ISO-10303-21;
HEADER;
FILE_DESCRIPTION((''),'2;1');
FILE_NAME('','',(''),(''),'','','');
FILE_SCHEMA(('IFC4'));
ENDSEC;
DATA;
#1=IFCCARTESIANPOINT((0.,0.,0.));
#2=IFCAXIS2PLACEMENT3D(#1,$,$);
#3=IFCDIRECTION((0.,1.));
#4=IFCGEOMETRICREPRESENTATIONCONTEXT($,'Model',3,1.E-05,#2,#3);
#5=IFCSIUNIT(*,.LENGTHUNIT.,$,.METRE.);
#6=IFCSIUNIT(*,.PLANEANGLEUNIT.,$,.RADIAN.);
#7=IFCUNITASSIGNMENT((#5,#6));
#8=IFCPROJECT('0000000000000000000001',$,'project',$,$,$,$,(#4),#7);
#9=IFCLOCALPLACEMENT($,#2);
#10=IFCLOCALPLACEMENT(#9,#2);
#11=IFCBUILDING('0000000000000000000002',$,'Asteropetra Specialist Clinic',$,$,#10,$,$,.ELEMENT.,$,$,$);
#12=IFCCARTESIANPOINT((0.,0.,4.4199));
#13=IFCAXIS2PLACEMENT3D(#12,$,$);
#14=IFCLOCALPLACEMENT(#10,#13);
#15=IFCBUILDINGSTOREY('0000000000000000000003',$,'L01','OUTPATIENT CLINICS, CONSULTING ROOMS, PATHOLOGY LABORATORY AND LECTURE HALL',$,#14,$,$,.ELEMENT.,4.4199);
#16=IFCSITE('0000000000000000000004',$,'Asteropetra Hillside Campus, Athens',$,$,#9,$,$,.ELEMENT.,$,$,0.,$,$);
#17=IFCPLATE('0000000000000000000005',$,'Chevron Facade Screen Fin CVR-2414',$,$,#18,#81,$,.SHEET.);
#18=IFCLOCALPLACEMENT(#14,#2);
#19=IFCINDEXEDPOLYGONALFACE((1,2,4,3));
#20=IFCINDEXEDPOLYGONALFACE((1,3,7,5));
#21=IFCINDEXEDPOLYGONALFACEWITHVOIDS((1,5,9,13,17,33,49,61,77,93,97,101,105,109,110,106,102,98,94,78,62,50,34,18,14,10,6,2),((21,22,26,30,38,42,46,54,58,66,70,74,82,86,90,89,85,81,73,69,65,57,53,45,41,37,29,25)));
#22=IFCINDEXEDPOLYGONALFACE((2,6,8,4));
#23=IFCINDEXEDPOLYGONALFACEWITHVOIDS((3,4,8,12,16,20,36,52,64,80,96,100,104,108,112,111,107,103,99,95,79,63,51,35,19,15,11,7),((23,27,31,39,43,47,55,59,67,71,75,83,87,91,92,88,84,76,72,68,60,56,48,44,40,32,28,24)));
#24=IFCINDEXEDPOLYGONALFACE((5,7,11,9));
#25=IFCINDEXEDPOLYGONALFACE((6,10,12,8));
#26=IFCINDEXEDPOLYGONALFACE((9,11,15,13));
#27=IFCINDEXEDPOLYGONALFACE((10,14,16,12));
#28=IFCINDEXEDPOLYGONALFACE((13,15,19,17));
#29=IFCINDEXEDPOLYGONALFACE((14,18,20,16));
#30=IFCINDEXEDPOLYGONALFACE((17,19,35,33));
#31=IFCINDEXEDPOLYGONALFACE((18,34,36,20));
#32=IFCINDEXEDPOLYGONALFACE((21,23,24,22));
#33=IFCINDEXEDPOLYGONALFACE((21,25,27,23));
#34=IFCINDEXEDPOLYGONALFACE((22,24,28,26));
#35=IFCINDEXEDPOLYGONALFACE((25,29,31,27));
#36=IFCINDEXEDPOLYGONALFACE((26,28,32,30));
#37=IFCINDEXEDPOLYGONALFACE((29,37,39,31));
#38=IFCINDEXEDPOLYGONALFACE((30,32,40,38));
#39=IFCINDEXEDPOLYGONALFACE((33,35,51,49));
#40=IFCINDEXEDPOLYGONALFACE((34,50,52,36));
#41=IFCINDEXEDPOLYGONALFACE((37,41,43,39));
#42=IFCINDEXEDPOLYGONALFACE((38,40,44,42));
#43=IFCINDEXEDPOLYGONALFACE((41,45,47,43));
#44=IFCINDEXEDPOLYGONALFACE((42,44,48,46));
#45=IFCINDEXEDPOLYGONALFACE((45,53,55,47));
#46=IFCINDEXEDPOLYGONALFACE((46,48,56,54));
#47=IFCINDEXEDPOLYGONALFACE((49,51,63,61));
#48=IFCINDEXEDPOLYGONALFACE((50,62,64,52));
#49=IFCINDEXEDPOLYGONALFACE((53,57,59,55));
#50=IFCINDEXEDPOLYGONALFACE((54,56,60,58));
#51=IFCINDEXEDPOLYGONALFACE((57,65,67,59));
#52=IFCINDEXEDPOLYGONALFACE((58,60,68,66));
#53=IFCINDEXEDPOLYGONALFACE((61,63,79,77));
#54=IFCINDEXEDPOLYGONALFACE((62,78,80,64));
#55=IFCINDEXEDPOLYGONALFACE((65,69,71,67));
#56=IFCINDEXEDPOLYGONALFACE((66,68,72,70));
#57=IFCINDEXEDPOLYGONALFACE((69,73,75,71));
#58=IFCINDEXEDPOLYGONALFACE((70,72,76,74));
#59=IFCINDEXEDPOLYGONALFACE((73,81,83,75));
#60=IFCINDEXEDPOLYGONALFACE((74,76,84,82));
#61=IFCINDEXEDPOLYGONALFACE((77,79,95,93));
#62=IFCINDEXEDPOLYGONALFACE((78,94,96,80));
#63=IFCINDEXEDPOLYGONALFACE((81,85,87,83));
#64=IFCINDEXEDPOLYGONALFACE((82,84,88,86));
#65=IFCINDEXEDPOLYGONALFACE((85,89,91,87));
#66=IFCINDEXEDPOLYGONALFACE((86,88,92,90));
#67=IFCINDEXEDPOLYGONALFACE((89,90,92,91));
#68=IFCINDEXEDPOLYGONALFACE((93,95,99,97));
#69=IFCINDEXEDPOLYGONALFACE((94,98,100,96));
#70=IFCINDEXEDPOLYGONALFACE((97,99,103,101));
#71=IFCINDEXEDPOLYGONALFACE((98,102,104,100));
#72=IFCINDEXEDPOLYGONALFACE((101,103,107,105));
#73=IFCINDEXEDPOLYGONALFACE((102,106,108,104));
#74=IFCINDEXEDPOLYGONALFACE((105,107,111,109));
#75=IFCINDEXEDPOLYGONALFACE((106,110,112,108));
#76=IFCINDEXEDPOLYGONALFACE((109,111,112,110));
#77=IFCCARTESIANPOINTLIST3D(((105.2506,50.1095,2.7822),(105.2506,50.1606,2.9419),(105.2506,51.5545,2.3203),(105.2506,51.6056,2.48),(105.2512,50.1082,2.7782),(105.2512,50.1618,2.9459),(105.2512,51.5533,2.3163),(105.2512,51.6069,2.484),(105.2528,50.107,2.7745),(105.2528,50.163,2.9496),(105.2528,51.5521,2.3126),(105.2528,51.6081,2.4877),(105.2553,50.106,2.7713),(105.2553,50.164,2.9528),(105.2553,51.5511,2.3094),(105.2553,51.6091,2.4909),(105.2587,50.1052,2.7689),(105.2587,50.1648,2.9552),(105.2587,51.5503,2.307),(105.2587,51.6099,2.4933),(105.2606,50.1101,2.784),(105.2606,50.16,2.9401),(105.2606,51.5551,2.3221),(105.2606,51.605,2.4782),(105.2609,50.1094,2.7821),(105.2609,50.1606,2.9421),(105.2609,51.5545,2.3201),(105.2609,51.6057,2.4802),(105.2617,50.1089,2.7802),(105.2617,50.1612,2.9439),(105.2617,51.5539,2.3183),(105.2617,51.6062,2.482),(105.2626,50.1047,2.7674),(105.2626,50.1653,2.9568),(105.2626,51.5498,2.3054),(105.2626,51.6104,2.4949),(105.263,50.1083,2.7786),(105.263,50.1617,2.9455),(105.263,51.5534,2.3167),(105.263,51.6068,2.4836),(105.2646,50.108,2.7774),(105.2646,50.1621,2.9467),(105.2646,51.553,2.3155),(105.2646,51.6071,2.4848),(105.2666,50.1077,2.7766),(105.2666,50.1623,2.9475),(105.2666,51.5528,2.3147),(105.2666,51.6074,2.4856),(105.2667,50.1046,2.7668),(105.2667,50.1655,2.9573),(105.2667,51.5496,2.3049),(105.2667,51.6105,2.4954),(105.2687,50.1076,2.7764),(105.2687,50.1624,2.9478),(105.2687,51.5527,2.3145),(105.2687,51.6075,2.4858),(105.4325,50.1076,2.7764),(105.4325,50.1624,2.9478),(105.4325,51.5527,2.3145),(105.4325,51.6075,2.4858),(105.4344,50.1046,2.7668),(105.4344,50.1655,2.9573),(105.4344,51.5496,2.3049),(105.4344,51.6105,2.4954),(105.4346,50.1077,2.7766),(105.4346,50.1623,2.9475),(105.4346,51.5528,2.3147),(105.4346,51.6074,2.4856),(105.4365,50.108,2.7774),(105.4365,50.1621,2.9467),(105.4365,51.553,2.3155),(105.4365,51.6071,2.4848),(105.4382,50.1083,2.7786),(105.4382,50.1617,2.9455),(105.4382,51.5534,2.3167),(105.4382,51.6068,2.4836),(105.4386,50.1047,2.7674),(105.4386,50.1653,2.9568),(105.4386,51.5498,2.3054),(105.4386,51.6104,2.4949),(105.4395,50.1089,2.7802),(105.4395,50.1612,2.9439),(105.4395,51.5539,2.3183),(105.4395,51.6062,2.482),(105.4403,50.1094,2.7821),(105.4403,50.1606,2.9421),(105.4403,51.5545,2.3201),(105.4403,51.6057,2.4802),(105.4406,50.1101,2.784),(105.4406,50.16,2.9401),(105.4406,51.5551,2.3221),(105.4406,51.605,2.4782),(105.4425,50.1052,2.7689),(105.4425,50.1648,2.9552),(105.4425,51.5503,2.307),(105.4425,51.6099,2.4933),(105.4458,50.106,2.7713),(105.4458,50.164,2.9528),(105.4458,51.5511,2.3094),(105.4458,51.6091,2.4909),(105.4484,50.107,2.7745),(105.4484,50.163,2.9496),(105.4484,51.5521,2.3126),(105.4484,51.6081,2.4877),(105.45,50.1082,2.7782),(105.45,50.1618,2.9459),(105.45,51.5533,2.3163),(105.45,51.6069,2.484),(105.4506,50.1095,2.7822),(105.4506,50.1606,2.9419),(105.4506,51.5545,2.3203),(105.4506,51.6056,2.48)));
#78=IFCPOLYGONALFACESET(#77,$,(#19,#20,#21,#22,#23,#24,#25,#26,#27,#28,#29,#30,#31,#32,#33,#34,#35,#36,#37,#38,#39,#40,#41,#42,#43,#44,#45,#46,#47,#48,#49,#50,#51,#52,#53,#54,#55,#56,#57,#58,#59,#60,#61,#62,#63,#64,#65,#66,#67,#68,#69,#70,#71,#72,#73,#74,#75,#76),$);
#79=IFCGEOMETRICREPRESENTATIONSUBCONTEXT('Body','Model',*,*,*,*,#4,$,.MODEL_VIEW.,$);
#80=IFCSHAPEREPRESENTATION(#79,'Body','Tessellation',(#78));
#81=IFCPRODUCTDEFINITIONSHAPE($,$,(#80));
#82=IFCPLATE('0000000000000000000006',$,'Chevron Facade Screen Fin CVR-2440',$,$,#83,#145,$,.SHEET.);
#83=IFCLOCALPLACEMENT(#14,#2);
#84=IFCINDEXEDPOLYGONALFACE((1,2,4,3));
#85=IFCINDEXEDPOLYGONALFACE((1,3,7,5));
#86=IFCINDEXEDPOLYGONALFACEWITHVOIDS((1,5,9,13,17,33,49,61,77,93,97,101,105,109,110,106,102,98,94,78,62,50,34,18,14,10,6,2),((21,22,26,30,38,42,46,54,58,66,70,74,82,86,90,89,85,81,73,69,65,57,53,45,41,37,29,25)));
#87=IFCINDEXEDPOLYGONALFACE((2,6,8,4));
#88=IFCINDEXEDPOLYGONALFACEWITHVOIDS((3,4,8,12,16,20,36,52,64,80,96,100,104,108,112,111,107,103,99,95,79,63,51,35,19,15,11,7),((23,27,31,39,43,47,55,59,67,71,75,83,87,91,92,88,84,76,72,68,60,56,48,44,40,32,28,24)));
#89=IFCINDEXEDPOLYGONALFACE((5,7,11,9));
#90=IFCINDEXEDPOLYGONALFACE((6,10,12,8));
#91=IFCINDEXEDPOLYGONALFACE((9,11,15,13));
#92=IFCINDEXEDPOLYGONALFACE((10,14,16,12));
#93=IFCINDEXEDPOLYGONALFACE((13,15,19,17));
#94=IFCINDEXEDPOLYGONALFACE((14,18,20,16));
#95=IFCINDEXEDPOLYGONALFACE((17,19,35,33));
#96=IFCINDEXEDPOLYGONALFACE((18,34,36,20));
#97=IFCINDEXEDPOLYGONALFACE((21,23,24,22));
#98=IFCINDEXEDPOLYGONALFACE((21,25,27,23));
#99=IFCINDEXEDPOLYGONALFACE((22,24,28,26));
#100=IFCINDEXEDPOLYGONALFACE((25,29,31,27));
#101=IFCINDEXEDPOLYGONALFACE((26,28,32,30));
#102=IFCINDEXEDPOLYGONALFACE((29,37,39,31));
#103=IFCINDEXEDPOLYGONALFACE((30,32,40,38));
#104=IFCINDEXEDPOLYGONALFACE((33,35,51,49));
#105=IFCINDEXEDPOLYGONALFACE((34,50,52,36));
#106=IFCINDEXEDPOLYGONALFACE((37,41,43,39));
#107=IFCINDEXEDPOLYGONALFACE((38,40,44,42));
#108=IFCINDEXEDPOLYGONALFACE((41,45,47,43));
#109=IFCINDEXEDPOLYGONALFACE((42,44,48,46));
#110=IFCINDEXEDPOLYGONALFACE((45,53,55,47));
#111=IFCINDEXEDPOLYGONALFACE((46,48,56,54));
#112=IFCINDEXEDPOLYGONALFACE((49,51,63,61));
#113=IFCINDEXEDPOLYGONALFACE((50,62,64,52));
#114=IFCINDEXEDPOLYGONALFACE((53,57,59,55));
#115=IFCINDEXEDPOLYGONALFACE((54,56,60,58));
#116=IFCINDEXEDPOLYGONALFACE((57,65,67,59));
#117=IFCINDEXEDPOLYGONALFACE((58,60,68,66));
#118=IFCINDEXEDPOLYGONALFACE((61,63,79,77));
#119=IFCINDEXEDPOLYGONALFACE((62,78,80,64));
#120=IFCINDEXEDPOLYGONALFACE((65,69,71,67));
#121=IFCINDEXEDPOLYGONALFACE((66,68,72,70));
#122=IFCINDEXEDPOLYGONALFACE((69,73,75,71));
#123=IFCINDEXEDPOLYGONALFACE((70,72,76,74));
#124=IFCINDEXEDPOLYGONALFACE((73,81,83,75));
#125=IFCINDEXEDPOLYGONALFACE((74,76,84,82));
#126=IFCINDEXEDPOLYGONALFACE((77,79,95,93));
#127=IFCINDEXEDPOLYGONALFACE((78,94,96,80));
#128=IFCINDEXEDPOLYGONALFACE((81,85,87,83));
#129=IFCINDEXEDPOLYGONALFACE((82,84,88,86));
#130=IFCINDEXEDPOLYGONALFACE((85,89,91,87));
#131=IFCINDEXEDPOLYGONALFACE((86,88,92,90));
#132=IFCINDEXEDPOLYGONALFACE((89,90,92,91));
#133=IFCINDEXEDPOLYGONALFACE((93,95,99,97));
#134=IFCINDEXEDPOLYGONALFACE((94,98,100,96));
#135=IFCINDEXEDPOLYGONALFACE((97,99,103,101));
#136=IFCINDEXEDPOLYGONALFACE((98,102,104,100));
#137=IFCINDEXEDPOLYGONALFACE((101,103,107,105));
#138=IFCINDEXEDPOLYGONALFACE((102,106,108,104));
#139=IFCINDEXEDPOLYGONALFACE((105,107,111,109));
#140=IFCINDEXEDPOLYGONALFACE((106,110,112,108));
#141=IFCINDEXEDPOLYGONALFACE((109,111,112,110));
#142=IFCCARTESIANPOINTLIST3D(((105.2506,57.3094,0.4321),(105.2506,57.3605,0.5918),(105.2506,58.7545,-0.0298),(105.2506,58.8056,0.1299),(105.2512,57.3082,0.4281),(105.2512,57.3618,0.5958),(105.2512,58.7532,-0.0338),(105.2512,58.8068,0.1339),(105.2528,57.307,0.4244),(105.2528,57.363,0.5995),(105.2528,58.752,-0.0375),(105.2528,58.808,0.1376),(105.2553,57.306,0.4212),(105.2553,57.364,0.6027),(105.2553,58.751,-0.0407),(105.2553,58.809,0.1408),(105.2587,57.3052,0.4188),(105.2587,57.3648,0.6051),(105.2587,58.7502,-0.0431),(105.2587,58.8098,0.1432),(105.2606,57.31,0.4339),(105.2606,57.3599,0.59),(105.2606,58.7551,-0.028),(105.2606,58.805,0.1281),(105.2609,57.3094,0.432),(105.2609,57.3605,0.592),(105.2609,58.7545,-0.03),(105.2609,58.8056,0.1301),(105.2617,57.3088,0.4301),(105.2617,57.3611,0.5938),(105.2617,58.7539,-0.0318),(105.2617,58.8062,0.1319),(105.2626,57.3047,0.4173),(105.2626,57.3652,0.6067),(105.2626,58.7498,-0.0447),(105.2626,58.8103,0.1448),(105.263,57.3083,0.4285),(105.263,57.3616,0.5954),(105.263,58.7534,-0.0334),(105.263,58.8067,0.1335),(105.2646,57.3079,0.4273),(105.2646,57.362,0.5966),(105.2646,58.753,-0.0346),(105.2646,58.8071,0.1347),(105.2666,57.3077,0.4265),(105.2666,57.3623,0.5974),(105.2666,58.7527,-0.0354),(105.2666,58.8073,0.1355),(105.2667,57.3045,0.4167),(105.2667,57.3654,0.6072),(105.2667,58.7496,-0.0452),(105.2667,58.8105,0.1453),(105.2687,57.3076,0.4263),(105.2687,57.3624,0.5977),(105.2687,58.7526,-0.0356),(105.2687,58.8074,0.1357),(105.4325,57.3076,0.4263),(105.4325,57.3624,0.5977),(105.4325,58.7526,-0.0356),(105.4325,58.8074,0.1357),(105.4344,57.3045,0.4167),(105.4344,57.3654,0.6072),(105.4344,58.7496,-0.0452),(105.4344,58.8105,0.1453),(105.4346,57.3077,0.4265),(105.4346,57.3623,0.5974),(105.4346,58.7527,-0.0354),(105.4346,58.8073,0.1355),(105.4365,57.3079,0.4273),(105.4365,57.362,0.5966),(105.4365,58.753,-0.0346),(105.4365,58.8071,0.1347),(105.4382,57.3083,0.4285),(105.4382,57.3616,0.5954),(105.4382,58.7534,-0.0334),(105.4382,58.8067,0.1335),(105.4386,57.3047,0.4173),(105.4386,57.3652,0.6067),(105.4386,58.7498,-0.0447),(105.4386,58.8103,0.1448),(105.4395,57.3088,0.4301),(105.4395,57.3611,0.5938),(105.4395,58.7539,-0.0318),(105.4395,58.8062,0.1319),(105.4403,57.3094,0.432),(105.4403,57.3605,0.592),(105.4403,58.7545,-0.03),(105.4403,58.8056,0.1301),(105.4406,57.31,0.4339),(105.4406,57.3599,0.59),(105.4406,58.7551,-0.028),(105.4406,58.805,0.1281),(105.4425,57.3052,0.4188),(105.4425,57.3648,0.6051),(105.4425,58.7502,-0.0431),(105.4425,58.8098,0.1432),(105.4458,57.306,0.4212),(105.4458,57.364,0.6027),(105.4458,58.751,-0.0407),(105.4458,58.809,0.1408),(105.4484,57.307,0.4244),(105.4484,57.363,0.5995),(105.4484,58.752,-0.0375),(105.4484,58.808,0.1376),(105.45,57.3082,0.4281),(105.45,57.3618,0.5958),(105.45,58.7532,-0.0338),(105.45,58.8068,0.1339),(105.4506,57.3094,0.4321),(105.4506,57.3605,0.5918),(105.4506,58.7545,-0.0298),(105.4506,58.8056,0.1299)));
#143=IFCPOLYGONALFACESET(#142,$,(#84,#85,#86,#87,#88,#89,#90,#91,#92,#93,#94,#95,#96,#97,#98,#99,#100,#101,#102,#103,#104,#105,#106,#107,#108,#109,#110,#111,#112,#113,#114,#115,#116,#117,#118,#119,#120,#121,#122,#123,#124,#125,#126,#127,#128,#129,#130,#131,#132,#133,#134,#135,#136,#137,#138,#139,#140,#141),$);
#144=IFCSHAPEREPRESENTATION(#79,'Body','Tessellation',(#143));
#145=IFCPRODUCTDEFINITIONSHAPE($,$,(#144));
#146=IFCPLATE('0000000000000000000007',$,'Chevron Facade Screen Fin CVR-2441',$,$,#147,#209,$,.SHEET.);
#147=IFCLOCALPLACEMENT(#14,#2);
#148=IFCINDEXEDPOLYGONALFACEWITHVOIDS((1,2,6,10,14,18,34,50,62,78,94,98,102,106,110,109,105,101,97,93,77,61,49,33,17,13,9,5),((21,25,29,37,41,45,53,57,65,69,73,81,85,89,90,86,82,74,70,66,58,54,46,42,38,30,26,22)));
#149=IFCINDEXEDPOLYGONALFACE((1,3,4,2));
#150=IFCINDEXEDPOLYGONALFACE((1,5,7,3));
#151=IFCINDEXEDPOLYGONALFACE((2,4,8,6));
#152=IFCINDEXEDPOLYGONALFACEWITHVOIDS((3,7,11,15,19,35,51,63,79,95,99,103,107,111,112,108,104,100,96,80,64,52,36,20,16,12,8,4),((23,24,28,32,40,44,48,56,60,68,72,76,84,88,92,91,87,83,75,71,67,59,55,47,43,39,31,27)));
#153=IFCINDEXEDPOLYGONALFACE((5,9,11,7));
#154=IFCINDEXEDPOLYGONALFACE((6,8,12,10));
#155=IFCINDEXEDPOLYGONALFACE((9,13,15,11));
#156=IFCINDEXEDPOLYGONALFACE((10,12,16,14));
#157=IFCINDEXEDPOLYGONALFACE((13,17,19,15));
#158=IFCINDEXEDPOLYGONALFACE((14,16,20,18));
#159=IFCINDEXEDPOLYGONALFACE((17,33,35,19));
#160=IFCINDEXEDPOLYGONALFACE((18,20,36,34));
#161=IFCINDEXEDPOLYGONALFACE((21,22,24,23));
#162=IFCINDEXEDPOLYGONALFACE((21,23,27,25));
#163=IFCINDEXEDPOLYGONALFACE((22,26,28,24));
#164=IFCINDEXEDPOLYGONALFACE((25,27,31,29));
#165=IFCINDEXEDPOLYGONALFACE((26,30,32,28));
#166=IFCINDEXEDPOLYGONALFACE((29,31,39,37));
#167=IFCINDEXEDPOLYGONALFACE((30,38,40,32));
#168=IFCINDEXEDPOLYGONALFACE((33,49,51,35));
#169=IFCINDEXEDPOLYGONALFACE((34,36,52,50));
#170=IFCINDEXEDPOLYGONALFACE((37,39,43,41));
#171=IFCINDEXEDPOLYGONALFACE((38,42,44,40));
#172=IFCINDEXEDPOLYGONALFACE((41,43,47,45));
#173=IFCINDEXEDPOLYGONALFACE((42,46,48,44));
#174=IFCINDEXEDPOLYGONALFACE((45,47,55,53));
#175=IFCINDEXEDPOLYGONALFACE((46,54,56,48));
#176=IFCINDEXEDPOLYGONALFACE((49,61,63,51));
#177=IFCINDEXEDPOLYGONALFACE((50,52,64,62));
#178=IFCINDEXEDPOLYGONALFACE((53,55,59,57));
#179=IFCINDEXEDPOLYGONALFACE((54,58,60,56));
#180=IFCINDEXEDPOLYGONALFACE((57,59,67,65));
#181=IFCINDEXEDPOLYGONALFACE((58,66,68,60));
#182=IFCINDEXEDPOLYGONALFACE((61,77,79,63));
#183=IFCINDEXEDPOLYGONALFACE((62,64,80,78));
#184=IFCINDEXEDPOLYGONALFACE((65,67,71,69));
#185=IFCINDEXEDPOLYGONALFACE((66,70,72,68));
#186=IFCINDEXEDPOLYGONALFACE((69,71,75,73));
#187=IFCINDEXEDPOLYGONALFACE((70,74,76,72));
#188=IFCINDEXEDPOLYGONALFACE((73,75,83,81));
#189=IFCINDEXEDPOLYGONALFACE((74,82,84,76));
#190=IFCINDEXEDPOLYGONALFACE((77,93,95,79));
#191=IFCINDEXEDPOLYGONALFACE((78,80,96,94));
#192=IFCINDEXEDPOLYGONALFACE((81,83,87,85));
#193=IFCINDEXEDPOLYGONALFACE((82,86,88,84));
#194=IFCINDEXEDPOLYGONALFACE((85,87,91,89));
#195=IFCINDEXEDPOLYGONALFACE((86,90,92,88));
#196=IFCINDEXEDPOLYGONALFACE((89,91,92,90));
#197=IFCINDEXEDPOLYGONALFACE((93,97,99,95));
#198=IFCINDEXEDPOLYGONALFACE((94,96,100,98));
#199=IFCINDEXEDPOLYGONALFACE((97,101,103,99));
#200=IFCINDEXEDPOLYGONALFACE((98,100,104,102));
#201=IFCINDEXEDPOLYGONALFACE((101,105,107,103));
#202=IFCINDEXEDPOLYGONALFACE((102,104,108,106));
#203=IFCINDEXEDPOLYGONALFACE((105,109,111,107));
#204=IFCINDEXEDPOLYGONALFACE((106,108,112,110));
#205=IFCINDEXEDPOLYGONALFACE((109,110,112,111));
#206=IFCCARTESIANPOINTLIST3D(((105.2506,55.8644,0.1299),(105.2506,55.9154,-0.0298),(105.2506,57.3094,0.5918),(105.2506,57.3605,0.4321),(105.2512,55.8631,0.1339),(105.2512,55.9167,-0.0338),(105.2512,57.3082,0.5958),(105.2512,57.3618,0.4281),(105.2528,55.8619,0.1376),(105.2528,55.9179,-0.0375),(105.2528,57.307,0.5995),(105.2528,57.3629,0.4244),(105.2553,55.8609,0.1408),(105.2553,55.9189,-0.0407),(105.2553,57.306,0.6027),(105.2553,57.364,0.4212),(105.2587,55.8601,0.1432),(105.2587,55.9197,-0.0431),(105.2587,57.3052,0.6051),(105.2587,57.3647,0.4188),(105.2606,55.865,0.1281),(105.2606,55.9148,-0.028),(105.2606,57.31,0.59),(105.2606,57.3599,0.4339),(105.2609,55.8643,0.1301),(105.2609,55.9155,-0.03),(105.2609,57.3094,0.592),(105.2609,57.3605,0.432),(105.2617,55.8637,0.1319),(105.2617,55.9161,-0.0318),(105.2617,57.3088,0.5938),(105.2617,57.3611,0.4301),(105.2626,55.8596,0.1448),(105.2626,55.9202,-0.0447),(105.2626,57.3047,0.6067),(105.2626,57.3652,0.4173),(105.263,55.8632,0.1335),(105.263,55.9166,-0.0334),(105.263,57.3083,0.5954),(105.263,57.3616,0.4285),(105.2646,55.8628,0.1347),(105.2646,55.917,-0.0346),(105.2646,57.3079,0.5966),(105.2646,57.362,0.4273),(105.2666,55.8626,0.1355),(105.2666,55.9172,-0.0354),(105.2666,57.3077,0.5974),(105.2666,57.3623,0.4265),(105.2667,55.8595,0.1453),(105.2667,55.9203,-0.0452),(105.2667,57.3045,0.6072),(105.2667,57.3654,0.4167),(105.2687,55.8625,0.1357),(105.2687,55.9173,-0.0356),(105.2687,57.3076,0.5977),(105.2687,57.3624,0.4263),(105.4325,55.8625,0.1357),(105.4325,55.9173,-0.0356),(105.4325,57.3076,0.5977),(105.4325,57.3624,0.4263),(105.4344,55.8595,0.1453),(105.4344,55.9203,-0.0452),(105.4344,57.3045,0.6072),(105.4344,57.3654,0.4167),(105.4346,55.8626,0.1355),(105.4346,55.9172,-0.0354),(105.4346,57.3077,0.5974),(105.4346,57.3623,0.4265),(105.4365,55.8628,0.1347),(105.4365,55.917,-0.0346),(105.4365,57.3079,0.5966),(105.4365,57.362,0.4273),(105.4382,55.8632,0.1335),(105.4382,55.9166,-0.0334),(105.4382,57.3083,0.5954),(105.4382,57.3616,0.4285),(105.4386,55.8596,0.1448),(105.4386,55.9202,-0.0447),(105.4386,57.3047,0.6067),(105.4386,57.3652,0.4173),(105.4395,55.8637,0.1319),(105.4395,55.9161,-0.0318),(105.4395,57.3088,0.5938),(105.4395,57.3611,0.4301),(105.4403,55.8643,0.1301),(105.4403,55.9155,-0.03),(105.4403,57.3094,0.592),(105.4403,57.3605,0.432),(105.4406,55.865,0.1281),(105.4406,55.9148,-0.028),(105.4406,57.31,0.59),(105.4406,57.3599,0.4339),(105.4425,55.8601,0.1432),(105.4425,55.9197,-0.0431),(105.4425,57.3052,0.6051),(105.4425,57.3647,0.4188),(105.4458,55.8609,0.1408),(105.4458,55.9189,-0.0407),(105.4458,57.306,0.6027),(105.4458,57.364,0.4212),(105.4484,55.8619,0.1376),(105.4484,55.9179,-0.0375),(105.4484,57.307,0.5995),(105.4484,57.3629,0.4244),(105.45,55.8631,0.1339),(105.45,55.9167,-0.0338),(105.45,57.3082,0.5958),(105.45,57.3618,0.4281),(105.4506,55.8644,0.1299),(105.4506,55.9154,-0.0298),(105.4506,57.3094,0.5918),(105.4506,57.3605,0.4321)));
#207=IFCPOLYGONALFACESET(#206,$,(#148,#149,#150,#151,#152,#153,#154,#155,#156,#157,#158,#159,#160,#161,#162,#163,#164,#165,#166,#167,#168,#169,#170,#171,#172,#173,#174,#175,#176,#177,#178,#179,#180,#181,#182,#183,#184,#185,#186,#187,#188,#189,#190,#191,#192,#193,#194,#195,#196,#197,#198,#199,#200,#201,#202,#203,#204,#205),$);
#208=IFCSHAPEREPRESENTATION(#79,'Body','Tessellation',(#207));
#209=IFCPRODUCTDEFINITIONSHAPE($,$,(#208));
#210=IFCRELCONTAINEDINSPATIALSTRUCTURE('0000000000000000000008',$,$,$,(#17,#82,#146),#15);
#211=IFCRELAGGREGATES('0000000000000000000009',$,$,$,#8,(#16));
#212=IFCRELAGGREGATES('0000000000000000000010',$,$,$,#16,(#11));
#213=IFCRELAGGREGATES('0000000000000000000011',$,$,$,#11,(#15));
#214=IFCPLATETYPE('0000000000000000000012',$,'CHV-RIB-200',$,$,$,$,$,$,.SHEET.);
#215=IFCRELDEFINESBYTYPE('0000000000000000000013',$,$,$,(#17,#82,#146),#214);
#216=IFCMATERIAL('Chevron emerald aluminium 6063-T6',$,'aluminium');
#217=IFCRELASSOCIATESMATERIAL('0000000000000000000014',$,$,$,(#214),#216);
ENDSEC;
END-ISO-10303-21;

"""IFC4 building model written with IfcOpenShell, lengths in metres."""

from ifc_helpers import new_model, si_unit, direction, frame, origin, origin_2d, place, context, subcontext, project, spatial, hollow_rectangle, extrude, material, material_profile, profile_set, type_object, element, save


model = new_model("IFC4")

# Units and contexts
model_context = context("Model", 3, precision=1e-05, world=origin(), true_north=direction((0.0, 1.0)))
body_context = subcontext(model_context, "Body", "Model", "MODEL_VIEW")
ifc_project = project(units=[si_unit("LENGTHUNIT", "METRE"), si_unit("PLANEANGLEUNIT", "RADIAN")], contexts=[model_context])

# Site, building, storey
site_placement = place(None, origin())
site = spatial("IfcSite", under=ifc_project, at=site_placement, Name="Asteropetra Hillside Campus, Athens", CompositionType="ELEMENT", RefElevation=0.0)
building_placement = place(site_placement, origin())
building = spatial("IfcBuilding", under=site, at=building_placement, Name="Asteropetra Specialist Clinic", CompositionType="ELEMENT")
storey_placement = place(building_placement, frame((0.0, 0.0, 4.4199)))
storey = spatial("IfcBuildingStorey", under=building, at=storey_placement, Name="L01", Description="OUTPATIENT CLINICS, CONSULTING ROOMS, PATHOLOGY LABORATORY AND LECTURE HALL", CompositionType="ELEMENT", Elevation=4.4199)

# Plates
ifc_material_1 = material(Name="Chevron emerald aluminium 6063-T6", Category="aluminium")
ifc_material_profile = material_profile(ifc_material_1, hollow_rectangle(XDim=0.2, YDim=0.2, WallThickness=0.01, InnerFilletRadius=0.0081, OuterFilletRadius=0.0161, at=origin_2d()), Name="SHS 200x200x10.0")
ifc_profile_set = profile_set([ifc_material_profile], Name="Chevron emerald aluminium 6063-T6")
plate_type = type_object("IfcPlateType", Name="CHV-RIB-200", PredefinedType="SHEET", material=ifc_profile_set)
for number, where, z_axis, x_axis, name in (
    (1, (105.3506, 51.5801, 2.4001), (0.0, -0.952521, 0.304472), (1.0, 0.0, 0.0), "Chevron Facade Screen Fin CVR-2414"),
    (2, (105.3506, 58.78, 0.05), (0.0, -0.952521, 0.304472), (1.0, 0.0, 0.0), "Chevron Facade Screen Fin CVR-2440"),
    (3, (105.3506, 57.335, 0.512), (0.0, -0.952521, -0.304472), (1.0, 0.0, 0.0), "Chevron Facade Screen Fin CVR-2441"),
):
    element("IfcPlate", number, at=place(storey_placement, frame(where, z_axis=z_axis, x_axis=x_axis)), inside=storey, type_object=plate_type, Name=name, PredefinedType="SHEET", context=body_context, shape_type="SweptSolid", body=[
        extrude(hollow_rectangle(XDim=0.2, YDim=0.2, WallThickness=0.01, InnerFilletRadius=0.0081, OuterFilletRadius=0.0161, at=origin_2d()), origin(), (0.0, 0.0, 1.0), 1.5171),
    ])

save(model, "model.ifc")
